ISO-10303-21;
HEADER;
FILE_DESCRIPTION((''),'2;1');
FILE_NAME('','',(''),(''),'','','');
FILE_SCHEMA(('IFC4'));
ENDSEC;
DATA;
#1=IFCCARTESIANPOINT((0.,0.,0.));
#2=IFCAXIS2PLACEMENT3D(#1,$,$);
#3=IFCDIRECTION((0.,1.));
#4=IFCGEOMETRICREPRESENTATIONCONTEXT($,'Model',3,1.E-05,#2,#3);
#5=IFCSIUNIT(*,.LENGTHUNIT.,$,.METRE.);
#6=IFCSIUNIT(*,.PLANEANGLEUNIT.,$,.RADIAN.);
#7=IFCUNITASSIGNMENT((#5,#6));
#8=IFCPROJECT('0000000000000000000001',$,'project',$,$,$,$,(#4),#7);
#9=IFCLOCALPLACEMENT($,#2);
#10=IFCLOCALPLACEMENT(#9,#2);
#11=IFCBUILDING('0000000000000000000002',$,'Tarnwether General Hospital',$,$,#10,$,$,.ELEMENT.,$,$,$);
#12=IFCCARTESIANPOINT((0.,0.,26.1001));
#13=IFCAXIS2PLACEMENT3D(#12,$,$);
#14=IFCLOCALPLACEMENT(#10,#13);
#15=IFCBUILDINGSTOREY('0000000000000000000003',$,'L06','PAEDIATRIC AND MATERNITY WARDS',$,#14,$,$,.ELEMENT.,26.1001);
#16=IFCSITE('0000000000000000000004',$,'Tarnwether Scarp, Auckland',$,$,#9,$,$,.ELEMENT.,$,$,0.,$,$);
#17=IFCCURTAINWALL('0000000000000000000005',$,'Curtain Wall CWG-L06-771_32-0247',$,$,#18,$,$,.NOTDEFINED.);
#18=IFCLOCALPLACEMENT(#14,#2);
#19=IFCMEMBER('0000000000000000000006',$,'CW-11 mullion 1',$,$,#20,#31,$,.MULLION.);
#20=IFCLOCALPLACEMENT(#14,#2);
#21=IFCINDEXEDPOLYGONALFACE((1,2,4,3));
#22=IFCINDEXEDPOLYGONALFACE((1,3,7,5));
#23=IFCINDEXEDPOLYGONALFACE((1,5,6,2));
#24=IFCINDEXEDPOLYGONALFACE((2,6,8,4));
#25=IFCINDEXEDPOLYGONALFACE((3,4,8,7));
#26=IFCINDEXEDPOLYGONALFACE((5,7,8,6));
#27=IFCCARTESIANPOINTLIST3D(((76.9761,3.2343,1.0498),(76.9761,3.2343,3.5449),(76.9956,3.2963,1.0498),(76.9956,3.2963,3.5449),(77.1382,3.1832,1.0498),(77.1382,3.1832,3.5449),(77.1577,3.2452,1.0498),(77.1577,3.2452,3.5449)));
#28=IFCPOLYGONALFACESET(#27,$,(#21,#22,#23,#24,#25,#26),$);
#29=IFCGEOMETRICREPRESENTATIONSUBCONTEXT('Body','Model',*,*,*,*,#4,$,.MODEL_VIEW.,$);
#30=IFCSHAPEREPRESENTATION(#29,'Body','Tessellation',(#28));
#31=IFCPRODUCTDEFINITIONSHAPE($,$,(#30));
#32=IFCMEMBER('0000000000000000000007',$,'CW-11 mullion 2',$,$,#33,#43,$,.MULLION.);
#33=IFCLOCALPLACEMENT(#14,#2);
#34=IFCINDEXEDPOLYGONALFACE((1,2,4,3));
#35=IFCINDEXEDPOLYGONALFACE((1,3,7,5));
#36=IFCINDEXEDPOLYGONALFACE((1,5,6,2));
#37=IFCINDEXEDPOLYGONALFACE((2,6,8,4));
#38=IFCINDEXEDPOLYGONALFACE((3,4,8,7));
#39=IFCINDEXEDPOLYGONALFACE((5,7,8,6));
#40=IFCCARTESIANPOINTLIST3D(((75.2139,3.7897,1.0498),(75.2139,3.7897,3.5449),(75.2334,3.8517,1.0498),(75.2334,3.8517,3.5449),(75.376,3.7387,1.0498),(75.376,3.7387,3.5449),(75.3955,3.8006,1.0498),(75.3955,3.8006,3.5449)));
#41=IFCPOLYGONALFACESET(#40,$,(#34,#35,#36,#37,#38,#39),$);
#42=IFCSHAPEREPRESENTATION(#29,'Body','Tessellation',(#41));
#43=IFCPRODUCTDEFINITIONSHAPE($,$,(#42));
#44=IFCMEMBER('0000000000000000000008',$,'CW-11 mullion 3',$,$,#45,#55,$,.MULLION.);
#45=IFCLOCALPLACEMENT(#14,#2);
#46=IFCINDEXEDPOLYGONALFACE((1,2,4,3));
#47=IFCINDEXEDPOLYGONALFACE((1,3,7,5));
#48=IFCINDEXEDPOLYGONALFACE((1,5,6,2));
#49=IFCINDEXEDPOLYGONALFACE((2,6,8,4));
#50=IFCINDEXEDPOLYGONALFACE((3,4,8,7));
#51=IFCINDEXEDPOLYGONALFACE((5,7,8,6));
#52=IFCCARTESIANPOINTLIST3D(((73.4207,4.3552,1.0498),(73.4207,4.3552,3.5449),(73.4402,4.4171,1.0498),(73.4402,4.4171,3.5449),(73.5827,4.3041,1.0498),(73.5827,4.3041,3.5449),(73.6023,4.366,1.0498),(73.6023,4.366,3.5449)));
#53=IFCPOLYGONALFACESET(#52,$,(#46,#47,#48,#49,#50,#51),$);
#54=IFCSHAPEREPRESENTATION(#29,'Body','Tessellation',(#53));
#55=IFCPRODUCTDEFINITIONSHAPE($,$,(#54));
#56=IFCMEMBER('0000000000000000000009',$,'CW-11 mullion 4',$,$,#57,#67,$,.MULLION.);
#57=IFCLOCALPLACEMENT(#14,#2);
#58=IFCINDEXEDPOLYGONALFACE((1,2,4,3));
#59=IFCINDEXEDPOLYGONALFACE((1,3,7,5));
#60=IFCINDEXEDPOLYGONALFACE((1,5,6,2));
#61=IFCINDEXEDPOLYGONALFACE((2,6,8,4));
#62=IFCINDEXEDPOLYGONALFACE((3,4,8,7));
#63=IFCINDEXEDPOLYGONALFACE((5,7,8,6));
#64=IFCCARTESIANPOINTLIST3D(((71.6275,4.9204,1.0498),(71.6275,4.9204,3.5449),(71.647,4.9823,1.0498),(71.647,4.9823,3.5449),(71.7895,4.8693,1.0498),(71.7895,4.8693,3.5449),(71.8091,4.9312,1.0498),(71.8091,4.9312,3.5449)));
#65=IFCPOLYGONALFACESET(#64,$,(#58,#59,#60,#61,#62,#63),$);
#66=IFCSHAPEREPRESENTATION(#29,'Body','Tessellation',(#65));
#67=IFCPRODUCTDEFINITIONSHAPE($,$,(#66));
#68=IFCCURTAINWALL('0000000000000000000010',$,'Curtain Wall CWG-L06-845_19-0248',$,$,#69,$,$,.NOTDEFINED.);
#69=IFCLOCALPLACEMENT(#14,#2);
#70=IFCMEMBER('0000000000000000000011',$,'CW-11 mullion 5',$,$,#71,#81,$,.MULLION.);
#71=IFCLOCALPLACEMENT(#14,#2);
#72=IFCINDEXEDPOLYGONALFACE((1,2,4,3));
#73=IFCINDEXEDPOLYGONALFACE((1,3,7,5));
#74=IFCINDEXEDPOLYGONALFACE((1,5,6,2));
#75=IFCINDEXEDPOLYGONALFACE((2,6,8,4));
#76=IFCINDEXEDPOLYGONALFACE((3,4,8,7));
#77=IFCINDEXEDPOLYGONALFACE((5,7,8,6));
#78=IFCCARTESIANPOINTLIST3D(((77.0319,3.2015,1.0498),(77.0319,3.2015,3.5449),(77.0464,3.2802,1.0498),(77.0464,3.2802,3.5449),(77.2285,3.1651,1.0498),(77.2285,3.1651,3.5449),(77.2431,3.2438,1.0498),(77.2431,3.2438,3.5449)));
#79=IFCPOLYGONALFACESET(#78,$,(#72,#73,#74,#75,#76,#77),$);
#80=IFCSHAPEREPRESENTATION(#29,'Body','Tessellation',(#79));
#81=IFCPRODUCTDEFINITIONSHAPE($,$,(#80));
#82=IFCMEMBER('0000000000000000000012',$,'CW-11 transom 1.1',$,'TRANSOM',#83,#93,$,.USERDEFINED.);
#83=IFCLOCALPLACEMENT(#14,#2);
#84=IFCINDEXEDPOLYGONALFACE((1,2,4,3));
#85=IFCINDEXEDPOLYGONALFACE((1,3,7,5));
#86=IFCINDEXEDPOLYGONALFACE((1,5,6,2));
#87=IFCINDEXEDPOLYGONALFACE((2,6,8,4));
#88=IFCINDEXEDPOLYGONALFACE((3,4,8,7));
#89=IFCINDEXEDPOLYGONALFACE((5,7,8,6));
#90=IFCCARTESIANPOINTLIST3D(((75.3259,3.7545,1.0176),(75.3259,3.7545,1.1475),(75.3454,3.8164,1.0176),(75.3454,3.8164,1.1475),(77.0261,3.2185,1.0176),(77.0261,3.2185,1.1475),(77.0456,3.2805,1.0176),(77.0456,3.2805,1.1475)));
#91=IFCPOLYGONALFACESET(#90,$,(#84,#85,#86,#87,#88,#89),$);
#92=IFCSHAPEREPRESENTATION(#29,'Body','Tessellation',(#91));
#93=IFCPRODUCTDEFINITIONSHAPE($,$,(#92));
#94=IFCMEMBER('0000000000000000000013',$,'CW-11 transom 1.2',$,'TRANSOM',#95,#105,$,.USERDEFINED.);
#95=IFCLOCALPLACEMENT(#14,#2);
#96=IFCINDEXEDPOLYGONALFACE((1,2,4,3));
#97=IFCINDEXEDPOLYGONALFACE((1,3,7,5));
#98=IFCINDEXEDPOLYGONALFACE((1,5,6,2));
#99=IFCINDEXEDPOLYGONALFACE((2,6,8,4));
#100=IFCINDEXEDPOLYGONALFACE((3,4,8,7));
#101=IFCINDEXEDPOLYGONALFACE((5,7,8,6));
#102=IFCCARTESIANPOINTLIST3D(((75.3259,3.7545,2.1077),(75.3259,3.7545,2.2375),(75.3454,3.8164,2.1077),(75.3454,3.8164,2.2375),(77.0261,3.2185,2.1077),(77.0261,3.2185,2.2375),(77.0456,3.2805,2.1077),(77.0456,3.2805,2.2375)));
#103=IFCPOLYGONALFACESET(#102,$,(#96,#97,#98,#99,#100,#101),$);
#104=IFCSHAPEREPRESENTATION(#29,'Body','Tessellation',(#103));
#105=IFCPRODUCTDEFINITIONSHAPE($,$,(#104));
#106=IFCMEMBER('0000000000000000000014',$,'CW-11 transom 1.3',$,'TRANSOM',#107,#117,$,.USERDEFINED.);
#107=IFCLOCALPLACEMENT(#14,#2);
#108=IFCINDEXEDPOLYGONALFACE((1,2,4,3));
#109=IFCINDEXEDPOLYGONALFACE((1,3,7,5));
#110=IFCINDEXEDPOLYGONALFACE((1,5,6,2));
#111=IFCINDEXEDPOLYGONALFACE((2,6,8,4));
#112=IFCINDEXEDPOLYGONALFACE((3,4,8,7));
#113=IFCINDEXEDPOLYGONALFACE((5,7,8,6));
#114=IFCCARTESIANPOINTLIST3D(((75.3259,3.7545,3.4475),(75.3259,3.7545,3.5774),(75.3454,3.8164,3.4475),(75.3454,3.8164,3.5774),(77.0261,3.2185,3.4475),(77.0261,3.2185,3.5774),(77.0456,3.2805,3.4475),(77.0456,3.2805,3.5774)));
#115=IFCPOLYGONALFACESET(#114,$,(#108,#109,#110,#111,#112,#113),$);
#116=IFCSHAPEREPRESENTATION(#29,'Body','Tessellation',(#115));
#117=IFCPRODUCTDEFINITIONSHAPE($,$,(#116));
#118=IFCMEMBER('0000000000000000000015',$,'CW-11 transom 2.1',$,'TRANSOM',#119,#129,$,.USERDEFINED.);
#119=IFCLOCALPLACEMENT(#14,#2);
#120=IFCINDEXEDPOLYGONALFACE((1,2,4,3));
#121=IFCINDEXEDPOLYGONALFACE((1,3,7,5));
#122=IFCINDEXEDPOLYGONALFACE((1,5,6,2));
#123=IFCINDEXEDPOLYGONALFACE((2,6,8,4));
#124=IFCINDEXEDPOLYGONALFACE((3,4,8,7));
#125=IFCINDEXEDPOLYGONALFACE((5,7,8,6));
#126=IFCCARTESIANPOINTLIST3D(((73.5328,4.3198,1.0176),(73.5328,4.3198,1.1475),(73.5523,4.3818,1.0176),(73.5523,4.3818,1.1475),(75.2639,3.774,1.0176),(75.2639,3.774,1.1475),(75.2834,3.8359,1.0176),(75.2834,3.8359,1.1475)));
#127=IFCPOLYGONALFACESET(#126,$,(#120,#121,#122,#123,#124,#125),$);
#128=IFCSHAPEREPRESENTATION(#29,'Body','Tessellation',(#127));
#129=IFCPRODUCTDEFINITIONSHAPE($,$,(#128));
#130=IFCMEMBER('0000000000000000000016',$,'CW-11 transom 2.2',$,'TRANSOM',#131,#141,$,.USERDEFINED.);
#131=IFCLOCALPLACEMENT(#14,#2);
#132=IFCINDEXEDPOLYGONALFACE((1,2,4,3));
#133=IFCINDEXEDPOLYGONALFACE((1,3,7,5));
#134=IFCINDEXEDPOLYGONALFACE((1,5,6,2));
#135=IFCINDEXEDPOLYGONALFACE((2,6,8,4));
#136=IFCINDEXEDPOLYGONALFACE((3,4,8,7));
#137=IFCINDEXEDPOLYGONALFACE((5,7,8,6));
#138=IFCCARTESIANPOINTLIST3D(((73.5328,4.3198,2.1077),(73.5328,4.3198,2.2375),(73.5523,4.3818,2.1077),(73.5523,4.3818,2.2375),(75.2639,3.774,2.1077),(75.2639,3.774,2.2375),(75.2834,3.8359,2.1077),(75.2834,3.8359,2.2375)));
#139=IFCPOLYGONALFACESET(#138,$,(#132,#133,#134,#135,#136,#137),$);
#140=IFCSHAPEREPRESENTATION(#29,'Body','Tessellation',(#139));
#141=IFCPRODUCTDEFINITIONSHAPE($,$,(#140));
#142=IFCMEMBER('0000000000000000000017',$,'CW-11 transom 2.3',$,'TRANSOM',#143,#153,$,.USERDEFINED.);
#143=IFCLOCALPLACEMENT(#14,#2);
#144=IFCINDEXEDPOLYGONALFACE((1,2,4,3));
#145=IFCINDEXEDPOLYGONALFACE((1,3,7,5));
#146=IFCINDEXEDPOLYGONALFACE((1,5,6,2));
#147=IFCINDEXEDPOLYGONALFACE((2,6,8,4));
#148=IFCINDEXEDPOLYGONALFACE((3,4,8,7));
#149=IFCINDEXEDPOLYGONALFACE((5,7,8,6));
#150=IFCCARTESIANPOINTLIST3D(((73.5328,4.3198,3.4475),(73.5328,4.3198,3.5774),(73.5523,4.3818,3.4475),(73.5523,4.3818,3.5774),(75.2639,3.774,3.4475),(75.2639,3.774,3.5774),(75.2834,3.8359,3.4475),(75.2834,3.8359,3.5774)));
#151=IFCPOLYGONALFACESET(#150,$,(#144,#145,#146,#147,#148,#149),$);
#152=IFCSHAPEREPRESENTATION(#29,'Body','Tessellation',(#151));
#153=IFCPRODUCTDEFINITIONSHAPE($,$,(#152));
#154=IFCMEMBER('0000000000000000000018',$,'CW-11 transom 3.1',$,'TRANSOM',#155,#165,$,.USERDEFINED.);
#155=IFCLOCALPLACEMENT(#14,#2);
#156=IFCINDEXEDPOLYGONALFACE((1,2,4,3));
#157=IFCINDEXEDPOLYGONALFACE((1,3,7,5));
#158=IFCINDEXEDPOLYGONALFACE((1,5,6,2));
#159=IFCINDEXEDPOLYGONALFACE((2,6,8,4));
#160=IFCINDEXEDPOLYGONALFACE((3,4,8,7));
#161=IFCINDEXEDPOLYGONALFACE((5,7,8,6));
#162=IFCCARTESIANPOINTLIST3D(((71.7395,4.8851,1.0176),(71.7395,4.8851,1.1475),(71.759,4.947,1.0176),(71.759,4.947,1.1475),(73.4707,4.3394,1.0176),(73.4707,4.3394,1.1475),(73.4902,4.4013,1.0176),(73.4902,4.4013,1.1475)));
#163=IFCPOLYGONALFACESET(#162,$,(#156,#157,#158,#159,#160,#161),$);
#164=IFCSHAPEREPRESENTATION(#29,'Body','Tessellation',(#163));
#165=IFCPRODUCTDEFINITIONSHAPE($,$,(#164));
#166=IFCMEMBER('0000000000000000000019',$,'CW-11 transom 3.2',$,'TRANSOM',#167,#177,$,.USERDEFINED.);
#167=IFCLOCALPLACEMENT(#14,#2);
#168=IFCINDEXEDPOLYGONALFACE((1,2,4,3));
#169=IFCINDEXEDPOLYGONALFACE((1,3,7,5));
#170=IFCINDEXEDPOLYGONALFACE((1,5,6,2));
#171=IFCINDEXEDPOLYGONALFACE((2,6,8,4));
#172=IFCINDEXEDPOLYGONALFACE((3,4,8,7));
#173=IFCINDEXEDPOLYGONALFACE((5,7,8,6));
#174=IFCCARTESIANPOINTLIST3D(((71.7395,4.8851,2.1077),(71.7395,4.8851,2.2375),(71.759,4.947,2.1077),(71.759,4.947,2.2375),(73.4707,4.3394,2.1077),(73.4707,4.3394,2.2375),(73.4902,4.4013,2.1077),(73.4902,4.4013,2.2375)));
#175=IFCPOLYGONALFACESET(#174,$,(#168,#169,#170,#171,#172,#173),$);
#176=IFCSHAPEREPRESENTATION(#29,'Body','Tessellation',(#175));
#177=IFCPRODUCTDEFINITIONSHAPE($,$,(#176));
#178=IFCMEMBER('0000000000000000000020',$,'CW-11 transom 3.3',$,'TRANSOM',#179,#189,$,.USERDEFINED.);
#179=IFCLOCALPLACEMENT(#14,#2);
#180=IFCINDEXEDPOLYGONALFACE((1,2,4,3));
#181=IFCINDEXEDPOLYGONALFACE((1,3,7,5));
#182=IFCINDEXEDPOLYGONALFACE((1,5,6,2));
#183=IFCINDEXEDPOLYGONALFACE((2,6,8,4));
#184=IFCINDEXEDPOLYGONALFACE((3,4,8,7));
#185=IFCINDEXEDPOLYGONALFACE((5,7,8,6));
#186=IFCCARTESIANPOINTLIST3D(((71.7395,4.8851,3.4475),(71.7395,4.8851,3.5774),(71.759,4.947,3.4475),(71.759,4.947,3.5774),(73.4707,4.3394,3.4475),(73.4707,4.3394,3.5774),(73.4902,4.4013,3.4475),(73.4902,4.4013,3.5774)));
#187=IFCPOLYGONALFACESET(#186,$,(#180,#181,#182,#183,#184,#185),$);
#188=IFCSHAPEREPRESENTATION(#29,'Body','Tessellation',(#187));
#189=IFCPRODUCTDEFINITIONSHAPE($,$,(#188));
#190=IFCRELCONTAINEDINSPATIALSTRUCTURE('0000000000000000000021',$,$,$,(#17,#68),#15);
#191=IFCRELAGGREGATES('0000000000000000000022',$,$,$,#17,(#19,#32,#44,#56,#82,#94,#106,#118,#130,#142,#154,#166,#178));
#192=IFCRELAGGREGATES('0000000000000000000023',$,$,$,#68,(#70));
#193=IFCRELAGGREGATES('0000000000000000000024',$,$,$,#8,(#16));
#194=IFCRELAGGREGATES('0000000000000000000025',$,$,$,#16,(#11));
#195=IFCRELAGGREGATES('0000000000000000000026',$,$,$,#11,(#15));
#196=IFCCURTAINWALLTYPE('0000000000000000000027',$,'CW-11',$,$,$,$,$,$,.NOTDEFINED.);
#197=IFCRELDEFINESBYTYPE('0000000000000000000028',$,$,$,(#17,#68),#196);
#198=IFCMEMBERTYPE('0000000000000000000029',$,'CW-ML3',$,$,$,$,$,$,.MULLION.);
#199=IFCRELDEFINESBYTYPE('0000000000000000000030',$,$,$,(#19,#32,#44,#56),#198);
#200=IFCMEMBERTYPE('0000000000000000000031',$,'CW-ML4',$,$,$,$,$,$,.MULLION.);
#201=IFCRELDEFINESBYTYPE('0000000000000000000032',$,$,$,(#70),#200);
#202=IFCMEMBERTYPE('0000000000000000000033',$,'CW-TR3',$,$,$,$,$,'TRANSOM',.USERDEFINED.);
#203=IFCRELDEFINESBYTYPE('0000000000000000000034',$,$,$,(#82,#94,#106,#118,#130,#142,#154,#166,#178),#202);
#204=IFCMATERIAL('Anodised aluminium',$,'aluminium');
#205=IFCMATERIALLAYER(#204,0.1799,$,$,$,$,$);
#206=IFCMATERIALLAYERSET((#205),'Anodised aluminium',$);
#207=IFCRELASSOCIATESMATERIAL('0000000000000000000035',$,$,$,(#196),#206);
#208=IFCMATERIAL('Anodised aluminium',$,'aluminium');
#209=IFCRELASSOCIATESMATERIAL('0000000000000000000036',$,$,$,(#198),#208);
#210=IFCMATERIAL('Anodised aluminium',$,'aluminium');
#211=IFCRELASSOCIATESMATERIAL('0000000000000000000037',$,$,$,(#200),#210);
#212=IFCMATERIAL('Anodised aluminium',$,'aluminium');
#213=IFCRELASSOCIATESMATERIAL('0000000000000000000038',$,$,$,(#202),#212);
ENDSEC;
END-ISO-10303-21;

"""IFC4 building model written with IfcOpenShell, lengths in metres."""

from ifc_helpers import new_model, si_unit, direction, frame, origin, origin_2d, place, context, subcontext, project, spatial, rectangle, extrude, material, layer, layer_set, material_profile, profile_set, type_object, element, aggregate, save


model = new_model("IFC4")

# Units and contexts
model_context = context("Model", 3, precision=1e-05, world=origin(), true_north=direction((0.0, 1.0)))
body_context = subcontext(model_context, "Body", "Model", "MODEL_VIEW")
ifc_project = project(units=[si_unit("LENGTHUNIT", "METRE"), si_unit("PLANEANGLEUNIT", "RADIAN")], contexts=[model_context])

# Site, building, storey
site_placement = place(None, origin())
site = spatial("IfcSite", under=ifc_project, at=site_placement, Name="Tarnwether Scarp, Auckland", CompositionType="ELEMENT", RefElevation=0.0)
building_placement = place(site_placement, origin())
building = spatial("IfcBuilding", under=site, at=building_placement, Name="Tarnwether General Hospital", CompositionType="ELEMENT")
storey_placement = place(building_placement, frame((0.0, 0.0, 26.1001)))
storey = spatial("IfcBuildingStorey", under=building, at=storey_placement, Name="L06", Description="PAEDIATRIC AND MATERNITY WARDS", CompositionType="ELEMENT", Elevation=26.1001)

# Curtain wall, members
ifc_material_1 = material(Name="Anodised aluminium", Category="aluminium")
ifc_layer_1 = layer(ifc_material_1, 0.1799)
ifc_layer_set_1 = layer_set([ifc_layer_1], Name="Anodised aluminium")
curtain_wall_type = type_object("IfcCurtainWallType", Name="CW-11", PredefinedType="NOTDEFINED", material=ifc_layer_set_1)
curtain_wall_1_placement = place(storey_placement, origin())
curtain_wall_1 = element("IfcCurtainWall", 1, at=curtain_wall_1_placement, inside=storey, type_object=curtain_wall_type, Name="Curtain Wall CWG-L06-771_32-0247", PredefinedType="NOTDEFINED")
ifc_material_2 = material(Name="Anodised aluminium", Category="aluminium")
ifc_material_profile_1 = material_profile(ifc_material_2, rectangle(XDim=0.0649, YDim=0.1699, at=origin_2d()), Name="ALU-MUL-65x170")
ifc_profile_set_1 = profile_set([ifc_material_profile_1], Name="Anodised aluminium")
member_type_1 = type_object("IfcMemberType", Name="CW-ML3", PredefinedType="MULLION", material=ifc_profile_set_1)
member_1_placement = place(storey_placement, frame((77.0669, 3.2397, 1.0498), z_axis=(0.0, 0.0, 1.0), x_axis=(-0.300629, -0.953741, 0.0)))
member_1 = element("IfcMember", 2, at=member_1_placement, type_object=member_type_1, Name="CW-11 mullion 1", PredefinedType="MULLION", context=body_context, shape_type="SweptSolid", body=[
    extrude(rectangle(XDim=0.0649, YDim=0.1699, at=origin_2d()), origin(), (0.0, 0.0, 1.0), 2.4951),
])
member_2_placement = place(storey_placement, frame((75.3047, 3.7952, 1.0498), z_axis=(0.0, 0.0, 1.0), x_axis=(-0.300629, -0.953741, 0.0)))
member_2 = element("IfcMember", 3, at=member_2_placement, type_object=member_type_1, Name="CW-11 mullion 2", PredefinedType="MULLION", context=body_context, shape_type="SweptSolid", body=[
    extrude(rectangle(XDim=0.0649, YDim=0.1699, at=origin_2d()), origin(), (0.0, 0.0, 1.0), 2.4951),
])
member_3_placement = place(storey_placement, frame((73.5115, 4.3606, 1.0498), z_axis=(0.0, 0.0, 1.0), x_axis=(-0.300629, -0.953741, 0.0)))
member_3 = element("IfcMember", 4, at=member_3_placement, type_object=member_type_1, Name="CW-11 mullion 3", PredefinedType="MULLION", context=body_context, shape_type="SweptSolid", body=[
    extrude(rectangle(XDim=0.0649, YDim=0.1699, at=origin_2d()), origin(), (0.0, 0.0, 1.0), 2.4951),
])
member_4_placement = place(storey_placement, frame((71.7183, 4.9258, 1.0498), z_axis=(0.0, 0.0, 1.0), x_axis=(-0.300629, -0.953741, 0.0)))
member_4 = element("IfcMember", 5, at=member_4_placement, type_object=member_type_1, Name="CW-11 mullion 4", PredefinedType="MULLION", context=body_context, shape_type="SweptSolid", body=[
    extrude(rectangle(XDim=0.0649, YDim=0.1699, at=origin_2d()), origin(), (0.0, 0.0, 1.0), 2.4951),
])

# Curtain wall, member
curtain_wall_2_placement = place(storey_placement, origin())
curtain_wall_2 = element("IfcCurtainWall", 6, at=curtain_wall_2_placement, inside=storey, type_object=curtain_wall_type, Name="Curtain Wall CWG-L06-845_19-0248", PredefinedType="NOTDEFINED")
ifc_material_3 = material(Name="Anodised aluminium", Category="aluminium")
ifc_material_profile_2 = material_profile(ifc_material_3, rectangle(XDim=0.0801, YDim=0.2, at=origin_2d()), Name="ALU-MUL-80x200")
ifc_profile_set_2 = profile_set([ifc_material_profile_2], Name="Anodised aluminium")
member_type_2 = type_object("IfcMemberType", Name="CW-ML4", PredefinedType="MULLION", material=ifc_profile_set_2)
member_5_placement = place(storey_placement, frame((77.1375, 3.2227, 1.0498), z_axis=(0.0, 0.0, 1.0), x_axis=(-0.182289, -0.983245, 0.0)))
member_5 = element("IfcMember", 7, at=member_5_placement, type_object=member_type_2, Name="CW-11 mullion 5", PredefinedType="MULLION", context=body_context, shape_type="SweptSolid", body=[
    extrude(rectangle(XDim=0.0801, YDim=0.2, at=origin_2d()), origin(), (0.0, 0.0, 1.0), 2.4951),
])

# Members
ifc_material_4 = material(Name="Anodised aluminium", Category="aluminium")
ifc_material_profile_3 = material_profile(ifc_material_4, rectangle(XDim=0.0649, YDim=0.1299, at=origin_2d()), Name="ALU-TRN-65x130")
ifc_profile_set_3 = profile_set([ifc_material_profile_3], Name="Anodised aluminium")
member_type_3 = type_object("IfcMemberType", Name="CW-TR3", ElementType="TRANSOM", PredefinedType="USERDEFINED", material=ifc_profile_set_3)
member_6_placement = place(storey_placement, frame((77.0359, 3.2495, 1.0825), z_axis=(-0.953746, 0.300614, 0.0), x_axis=(-0.300614, -0.953746, 0.0)))
member_6 = element("IfcMember", 8, at=member_6_placement, type_object=member_type_3, Name="CW-11 transom 1.1", ObjectType="TRANSOM", PredefinedType="USERDEFINED", context=body_context, shape_type="SweptSolid", body=[
    extrude(rectangle(XDim=0.0649, YDim=0.1299, at=origin_2d()), origin(), (0.0, 0.0, 1.0), 1.7827),
])
member_7_placement = place(storey_placement, frame((77.0359, 3.2495, 2.1726), z_axis=(-0.953746, 0.300614, 0.0), x_axis=(-0.300614, -0.953746, 0.0)))
member_7 = element("IfcMember", 9, at=member_7_placement, type_object=member_type_3, Name="CW-11 transom 1.2", ObjectType="TRANSOM", PredefinedType="USERDEFINED", context=body_context, shape_type="SweptSolid", body=[
    extrude(rectangle(XDim=0.0649, YDim=0.1299, at=origin_2d()), origin(), (0.0, 0.0, 1.0), 1.7827),
])
member_8_placement = place(storey_placement, frame((77.0359, 3.2495, 3.5125), z_axis=(-0.953746, 0.300614, 0.0), x_axis=(-0.300614, -0.953746, 0.0)))
member_8 = element("IfcMember", 10, at=member_8_placement, type_object=member_type_3, Name="CW-11 transom 1.3", ObjectType="TRANSOM", PredefinedType="USERDEFINED", context=body_context, shape_type="SweptSolid", body=[
    extrude(rectangle(XDim=0.0649, YDim=0.1299, at=origin_2d()), origin(), (0.0, 0.0, 1.0), 1.7827),
])
member_9_placement = place(storey_placement, frame((75.2737, 3.8049, 1.0825), z_axis=(-0.953709, 0.300732, 0.0), x_axis=(-0.300732, -0.953709, 0.0)))
member_9 = element("IfcMember", 11, at=member_9_placement, type_object=member_type_3, Name="CW-11 transom 2.1", ObjectType="TRANSOM", PredefinedType="USERDEFINED", context=body_context, shape_type="SweptSolid", body=[
    extrude(rectangle(XDim=0.0649, YDim=0.1299, at=origin_2d()), origin(), (0.0, 0.0, 1.0), 1.8152),
])
member_10_placement = place(storey_placement, frame((75.2737, 3.8049, 2.1726), z_axis=(-0.953709, 0.300732, 0.0), x_axis=(-0.300732, -0.953709, 0.0)))
member_10 = element("IfcMember", 12, at=member_10_placement, type_object=member_type_3, Name="CW-11 transom 2.2", ObjectType="TRANSOM", PredefinedType="USERDEFINED", context=body_context, shape_type="SweptSolid", body=[
    extrude(rectangle(XDim=0.0649, YDim=0.1299, at=origin_2d()), origin(), (0.0, 0.0, 1.0), 1.8152),
])
member_11_placement = place(storey_placement, frame((75.2737, 3.8049, 3.5125), z_axis=(-0.953709, 0.300732, 0.0), x_axis=(-0.300732, -0.953709, 0.0)))
member_11 = element("IfcMember", 13, at=member_11_placement, type_object=member_type_3, Name="CW-11 transom 2.3", ObjectType="TRANSOM", PredefinedType="USERDEFINED", context=body_context, shape_type="SweptSolid", body=[
    extrude(rectangle(XDim=0.0649, YDim=0.1299, at=origin_2d()), origin(), (0.0, 0.0, 1.0), 1.8152),
])
member_12_placement = place(storey_placement, frame((73.4805, 4.3704, 1.0825), z_axis=(-0.953747, 0.30061, 0.0), x_axis=(-0.30061, -0.953747, 0.0)))
member_12 = element("IfcMember", 14, at=member_12_placement, type_object=member_type_3, Name="CW-11 transom 3.1", ObjectType="TRANSOM", PredefinedType="USERDEFINED", context=body_context, shape_type="SweptSolid", body=[
    extrude(rectangle(XDim=0.0649, YDim=0.1299, at=origin_2d()), origin(), (0.0, 0.0, 1.0), 1.8152),
])
member_13_placement = place(storey_placement, frame((73.4805, 4.3704, 2.1726), z_axis=(-0.953747, 0.30061, 0.0), x_axis=(-0.30061, -0.953747, 0.0)))
member_13 = element("IfcMember", 15, at=member_13_placement, type_object=member_type_3, Name="CW-11 transom 3.2", ObjectType="TRANSOM", PredefinedType="USERDEFINED", context=body_context, shape_type="SweptSolid", body=[
    extrude(rectangle(XDim=0.0649, YDim=0.1299, at=origin_2d()), origin(), (0.0, 0.0, 1.0), 1.8152),
])
member_14_placement = place(storey_placement, frame((73.4805, 4.3704, 3.5125), z_axis=(-0.953747, 0.30061, 0.0), x_axis=(-0.30061, -0.953747, 0.0)))
member_14 = element("IfcMember", 16, at=member_14_placement, type_object=member_type_3, Name="CW-11 transom 3.3", ObjectType="TRANSOM", PredefinedType="USERDEFINED", context=body_context, shape_type="SweptSolid", body=[
    extrude(rectangle(XDim=0.0649, YDim=0.1299, at=origin_2d()), origin(), (0.0, 0.0, 1.0), 1.8152),
])

aggregate(curtain_wall_1, [member_1, member_2, member_3, member_4, member_6, member_7, member_8, member_9, member_10, member_11, member_12, member_13, member_14])
aggregate(curtain_wall_2, [member_5])

save(model, "model.ifc")
